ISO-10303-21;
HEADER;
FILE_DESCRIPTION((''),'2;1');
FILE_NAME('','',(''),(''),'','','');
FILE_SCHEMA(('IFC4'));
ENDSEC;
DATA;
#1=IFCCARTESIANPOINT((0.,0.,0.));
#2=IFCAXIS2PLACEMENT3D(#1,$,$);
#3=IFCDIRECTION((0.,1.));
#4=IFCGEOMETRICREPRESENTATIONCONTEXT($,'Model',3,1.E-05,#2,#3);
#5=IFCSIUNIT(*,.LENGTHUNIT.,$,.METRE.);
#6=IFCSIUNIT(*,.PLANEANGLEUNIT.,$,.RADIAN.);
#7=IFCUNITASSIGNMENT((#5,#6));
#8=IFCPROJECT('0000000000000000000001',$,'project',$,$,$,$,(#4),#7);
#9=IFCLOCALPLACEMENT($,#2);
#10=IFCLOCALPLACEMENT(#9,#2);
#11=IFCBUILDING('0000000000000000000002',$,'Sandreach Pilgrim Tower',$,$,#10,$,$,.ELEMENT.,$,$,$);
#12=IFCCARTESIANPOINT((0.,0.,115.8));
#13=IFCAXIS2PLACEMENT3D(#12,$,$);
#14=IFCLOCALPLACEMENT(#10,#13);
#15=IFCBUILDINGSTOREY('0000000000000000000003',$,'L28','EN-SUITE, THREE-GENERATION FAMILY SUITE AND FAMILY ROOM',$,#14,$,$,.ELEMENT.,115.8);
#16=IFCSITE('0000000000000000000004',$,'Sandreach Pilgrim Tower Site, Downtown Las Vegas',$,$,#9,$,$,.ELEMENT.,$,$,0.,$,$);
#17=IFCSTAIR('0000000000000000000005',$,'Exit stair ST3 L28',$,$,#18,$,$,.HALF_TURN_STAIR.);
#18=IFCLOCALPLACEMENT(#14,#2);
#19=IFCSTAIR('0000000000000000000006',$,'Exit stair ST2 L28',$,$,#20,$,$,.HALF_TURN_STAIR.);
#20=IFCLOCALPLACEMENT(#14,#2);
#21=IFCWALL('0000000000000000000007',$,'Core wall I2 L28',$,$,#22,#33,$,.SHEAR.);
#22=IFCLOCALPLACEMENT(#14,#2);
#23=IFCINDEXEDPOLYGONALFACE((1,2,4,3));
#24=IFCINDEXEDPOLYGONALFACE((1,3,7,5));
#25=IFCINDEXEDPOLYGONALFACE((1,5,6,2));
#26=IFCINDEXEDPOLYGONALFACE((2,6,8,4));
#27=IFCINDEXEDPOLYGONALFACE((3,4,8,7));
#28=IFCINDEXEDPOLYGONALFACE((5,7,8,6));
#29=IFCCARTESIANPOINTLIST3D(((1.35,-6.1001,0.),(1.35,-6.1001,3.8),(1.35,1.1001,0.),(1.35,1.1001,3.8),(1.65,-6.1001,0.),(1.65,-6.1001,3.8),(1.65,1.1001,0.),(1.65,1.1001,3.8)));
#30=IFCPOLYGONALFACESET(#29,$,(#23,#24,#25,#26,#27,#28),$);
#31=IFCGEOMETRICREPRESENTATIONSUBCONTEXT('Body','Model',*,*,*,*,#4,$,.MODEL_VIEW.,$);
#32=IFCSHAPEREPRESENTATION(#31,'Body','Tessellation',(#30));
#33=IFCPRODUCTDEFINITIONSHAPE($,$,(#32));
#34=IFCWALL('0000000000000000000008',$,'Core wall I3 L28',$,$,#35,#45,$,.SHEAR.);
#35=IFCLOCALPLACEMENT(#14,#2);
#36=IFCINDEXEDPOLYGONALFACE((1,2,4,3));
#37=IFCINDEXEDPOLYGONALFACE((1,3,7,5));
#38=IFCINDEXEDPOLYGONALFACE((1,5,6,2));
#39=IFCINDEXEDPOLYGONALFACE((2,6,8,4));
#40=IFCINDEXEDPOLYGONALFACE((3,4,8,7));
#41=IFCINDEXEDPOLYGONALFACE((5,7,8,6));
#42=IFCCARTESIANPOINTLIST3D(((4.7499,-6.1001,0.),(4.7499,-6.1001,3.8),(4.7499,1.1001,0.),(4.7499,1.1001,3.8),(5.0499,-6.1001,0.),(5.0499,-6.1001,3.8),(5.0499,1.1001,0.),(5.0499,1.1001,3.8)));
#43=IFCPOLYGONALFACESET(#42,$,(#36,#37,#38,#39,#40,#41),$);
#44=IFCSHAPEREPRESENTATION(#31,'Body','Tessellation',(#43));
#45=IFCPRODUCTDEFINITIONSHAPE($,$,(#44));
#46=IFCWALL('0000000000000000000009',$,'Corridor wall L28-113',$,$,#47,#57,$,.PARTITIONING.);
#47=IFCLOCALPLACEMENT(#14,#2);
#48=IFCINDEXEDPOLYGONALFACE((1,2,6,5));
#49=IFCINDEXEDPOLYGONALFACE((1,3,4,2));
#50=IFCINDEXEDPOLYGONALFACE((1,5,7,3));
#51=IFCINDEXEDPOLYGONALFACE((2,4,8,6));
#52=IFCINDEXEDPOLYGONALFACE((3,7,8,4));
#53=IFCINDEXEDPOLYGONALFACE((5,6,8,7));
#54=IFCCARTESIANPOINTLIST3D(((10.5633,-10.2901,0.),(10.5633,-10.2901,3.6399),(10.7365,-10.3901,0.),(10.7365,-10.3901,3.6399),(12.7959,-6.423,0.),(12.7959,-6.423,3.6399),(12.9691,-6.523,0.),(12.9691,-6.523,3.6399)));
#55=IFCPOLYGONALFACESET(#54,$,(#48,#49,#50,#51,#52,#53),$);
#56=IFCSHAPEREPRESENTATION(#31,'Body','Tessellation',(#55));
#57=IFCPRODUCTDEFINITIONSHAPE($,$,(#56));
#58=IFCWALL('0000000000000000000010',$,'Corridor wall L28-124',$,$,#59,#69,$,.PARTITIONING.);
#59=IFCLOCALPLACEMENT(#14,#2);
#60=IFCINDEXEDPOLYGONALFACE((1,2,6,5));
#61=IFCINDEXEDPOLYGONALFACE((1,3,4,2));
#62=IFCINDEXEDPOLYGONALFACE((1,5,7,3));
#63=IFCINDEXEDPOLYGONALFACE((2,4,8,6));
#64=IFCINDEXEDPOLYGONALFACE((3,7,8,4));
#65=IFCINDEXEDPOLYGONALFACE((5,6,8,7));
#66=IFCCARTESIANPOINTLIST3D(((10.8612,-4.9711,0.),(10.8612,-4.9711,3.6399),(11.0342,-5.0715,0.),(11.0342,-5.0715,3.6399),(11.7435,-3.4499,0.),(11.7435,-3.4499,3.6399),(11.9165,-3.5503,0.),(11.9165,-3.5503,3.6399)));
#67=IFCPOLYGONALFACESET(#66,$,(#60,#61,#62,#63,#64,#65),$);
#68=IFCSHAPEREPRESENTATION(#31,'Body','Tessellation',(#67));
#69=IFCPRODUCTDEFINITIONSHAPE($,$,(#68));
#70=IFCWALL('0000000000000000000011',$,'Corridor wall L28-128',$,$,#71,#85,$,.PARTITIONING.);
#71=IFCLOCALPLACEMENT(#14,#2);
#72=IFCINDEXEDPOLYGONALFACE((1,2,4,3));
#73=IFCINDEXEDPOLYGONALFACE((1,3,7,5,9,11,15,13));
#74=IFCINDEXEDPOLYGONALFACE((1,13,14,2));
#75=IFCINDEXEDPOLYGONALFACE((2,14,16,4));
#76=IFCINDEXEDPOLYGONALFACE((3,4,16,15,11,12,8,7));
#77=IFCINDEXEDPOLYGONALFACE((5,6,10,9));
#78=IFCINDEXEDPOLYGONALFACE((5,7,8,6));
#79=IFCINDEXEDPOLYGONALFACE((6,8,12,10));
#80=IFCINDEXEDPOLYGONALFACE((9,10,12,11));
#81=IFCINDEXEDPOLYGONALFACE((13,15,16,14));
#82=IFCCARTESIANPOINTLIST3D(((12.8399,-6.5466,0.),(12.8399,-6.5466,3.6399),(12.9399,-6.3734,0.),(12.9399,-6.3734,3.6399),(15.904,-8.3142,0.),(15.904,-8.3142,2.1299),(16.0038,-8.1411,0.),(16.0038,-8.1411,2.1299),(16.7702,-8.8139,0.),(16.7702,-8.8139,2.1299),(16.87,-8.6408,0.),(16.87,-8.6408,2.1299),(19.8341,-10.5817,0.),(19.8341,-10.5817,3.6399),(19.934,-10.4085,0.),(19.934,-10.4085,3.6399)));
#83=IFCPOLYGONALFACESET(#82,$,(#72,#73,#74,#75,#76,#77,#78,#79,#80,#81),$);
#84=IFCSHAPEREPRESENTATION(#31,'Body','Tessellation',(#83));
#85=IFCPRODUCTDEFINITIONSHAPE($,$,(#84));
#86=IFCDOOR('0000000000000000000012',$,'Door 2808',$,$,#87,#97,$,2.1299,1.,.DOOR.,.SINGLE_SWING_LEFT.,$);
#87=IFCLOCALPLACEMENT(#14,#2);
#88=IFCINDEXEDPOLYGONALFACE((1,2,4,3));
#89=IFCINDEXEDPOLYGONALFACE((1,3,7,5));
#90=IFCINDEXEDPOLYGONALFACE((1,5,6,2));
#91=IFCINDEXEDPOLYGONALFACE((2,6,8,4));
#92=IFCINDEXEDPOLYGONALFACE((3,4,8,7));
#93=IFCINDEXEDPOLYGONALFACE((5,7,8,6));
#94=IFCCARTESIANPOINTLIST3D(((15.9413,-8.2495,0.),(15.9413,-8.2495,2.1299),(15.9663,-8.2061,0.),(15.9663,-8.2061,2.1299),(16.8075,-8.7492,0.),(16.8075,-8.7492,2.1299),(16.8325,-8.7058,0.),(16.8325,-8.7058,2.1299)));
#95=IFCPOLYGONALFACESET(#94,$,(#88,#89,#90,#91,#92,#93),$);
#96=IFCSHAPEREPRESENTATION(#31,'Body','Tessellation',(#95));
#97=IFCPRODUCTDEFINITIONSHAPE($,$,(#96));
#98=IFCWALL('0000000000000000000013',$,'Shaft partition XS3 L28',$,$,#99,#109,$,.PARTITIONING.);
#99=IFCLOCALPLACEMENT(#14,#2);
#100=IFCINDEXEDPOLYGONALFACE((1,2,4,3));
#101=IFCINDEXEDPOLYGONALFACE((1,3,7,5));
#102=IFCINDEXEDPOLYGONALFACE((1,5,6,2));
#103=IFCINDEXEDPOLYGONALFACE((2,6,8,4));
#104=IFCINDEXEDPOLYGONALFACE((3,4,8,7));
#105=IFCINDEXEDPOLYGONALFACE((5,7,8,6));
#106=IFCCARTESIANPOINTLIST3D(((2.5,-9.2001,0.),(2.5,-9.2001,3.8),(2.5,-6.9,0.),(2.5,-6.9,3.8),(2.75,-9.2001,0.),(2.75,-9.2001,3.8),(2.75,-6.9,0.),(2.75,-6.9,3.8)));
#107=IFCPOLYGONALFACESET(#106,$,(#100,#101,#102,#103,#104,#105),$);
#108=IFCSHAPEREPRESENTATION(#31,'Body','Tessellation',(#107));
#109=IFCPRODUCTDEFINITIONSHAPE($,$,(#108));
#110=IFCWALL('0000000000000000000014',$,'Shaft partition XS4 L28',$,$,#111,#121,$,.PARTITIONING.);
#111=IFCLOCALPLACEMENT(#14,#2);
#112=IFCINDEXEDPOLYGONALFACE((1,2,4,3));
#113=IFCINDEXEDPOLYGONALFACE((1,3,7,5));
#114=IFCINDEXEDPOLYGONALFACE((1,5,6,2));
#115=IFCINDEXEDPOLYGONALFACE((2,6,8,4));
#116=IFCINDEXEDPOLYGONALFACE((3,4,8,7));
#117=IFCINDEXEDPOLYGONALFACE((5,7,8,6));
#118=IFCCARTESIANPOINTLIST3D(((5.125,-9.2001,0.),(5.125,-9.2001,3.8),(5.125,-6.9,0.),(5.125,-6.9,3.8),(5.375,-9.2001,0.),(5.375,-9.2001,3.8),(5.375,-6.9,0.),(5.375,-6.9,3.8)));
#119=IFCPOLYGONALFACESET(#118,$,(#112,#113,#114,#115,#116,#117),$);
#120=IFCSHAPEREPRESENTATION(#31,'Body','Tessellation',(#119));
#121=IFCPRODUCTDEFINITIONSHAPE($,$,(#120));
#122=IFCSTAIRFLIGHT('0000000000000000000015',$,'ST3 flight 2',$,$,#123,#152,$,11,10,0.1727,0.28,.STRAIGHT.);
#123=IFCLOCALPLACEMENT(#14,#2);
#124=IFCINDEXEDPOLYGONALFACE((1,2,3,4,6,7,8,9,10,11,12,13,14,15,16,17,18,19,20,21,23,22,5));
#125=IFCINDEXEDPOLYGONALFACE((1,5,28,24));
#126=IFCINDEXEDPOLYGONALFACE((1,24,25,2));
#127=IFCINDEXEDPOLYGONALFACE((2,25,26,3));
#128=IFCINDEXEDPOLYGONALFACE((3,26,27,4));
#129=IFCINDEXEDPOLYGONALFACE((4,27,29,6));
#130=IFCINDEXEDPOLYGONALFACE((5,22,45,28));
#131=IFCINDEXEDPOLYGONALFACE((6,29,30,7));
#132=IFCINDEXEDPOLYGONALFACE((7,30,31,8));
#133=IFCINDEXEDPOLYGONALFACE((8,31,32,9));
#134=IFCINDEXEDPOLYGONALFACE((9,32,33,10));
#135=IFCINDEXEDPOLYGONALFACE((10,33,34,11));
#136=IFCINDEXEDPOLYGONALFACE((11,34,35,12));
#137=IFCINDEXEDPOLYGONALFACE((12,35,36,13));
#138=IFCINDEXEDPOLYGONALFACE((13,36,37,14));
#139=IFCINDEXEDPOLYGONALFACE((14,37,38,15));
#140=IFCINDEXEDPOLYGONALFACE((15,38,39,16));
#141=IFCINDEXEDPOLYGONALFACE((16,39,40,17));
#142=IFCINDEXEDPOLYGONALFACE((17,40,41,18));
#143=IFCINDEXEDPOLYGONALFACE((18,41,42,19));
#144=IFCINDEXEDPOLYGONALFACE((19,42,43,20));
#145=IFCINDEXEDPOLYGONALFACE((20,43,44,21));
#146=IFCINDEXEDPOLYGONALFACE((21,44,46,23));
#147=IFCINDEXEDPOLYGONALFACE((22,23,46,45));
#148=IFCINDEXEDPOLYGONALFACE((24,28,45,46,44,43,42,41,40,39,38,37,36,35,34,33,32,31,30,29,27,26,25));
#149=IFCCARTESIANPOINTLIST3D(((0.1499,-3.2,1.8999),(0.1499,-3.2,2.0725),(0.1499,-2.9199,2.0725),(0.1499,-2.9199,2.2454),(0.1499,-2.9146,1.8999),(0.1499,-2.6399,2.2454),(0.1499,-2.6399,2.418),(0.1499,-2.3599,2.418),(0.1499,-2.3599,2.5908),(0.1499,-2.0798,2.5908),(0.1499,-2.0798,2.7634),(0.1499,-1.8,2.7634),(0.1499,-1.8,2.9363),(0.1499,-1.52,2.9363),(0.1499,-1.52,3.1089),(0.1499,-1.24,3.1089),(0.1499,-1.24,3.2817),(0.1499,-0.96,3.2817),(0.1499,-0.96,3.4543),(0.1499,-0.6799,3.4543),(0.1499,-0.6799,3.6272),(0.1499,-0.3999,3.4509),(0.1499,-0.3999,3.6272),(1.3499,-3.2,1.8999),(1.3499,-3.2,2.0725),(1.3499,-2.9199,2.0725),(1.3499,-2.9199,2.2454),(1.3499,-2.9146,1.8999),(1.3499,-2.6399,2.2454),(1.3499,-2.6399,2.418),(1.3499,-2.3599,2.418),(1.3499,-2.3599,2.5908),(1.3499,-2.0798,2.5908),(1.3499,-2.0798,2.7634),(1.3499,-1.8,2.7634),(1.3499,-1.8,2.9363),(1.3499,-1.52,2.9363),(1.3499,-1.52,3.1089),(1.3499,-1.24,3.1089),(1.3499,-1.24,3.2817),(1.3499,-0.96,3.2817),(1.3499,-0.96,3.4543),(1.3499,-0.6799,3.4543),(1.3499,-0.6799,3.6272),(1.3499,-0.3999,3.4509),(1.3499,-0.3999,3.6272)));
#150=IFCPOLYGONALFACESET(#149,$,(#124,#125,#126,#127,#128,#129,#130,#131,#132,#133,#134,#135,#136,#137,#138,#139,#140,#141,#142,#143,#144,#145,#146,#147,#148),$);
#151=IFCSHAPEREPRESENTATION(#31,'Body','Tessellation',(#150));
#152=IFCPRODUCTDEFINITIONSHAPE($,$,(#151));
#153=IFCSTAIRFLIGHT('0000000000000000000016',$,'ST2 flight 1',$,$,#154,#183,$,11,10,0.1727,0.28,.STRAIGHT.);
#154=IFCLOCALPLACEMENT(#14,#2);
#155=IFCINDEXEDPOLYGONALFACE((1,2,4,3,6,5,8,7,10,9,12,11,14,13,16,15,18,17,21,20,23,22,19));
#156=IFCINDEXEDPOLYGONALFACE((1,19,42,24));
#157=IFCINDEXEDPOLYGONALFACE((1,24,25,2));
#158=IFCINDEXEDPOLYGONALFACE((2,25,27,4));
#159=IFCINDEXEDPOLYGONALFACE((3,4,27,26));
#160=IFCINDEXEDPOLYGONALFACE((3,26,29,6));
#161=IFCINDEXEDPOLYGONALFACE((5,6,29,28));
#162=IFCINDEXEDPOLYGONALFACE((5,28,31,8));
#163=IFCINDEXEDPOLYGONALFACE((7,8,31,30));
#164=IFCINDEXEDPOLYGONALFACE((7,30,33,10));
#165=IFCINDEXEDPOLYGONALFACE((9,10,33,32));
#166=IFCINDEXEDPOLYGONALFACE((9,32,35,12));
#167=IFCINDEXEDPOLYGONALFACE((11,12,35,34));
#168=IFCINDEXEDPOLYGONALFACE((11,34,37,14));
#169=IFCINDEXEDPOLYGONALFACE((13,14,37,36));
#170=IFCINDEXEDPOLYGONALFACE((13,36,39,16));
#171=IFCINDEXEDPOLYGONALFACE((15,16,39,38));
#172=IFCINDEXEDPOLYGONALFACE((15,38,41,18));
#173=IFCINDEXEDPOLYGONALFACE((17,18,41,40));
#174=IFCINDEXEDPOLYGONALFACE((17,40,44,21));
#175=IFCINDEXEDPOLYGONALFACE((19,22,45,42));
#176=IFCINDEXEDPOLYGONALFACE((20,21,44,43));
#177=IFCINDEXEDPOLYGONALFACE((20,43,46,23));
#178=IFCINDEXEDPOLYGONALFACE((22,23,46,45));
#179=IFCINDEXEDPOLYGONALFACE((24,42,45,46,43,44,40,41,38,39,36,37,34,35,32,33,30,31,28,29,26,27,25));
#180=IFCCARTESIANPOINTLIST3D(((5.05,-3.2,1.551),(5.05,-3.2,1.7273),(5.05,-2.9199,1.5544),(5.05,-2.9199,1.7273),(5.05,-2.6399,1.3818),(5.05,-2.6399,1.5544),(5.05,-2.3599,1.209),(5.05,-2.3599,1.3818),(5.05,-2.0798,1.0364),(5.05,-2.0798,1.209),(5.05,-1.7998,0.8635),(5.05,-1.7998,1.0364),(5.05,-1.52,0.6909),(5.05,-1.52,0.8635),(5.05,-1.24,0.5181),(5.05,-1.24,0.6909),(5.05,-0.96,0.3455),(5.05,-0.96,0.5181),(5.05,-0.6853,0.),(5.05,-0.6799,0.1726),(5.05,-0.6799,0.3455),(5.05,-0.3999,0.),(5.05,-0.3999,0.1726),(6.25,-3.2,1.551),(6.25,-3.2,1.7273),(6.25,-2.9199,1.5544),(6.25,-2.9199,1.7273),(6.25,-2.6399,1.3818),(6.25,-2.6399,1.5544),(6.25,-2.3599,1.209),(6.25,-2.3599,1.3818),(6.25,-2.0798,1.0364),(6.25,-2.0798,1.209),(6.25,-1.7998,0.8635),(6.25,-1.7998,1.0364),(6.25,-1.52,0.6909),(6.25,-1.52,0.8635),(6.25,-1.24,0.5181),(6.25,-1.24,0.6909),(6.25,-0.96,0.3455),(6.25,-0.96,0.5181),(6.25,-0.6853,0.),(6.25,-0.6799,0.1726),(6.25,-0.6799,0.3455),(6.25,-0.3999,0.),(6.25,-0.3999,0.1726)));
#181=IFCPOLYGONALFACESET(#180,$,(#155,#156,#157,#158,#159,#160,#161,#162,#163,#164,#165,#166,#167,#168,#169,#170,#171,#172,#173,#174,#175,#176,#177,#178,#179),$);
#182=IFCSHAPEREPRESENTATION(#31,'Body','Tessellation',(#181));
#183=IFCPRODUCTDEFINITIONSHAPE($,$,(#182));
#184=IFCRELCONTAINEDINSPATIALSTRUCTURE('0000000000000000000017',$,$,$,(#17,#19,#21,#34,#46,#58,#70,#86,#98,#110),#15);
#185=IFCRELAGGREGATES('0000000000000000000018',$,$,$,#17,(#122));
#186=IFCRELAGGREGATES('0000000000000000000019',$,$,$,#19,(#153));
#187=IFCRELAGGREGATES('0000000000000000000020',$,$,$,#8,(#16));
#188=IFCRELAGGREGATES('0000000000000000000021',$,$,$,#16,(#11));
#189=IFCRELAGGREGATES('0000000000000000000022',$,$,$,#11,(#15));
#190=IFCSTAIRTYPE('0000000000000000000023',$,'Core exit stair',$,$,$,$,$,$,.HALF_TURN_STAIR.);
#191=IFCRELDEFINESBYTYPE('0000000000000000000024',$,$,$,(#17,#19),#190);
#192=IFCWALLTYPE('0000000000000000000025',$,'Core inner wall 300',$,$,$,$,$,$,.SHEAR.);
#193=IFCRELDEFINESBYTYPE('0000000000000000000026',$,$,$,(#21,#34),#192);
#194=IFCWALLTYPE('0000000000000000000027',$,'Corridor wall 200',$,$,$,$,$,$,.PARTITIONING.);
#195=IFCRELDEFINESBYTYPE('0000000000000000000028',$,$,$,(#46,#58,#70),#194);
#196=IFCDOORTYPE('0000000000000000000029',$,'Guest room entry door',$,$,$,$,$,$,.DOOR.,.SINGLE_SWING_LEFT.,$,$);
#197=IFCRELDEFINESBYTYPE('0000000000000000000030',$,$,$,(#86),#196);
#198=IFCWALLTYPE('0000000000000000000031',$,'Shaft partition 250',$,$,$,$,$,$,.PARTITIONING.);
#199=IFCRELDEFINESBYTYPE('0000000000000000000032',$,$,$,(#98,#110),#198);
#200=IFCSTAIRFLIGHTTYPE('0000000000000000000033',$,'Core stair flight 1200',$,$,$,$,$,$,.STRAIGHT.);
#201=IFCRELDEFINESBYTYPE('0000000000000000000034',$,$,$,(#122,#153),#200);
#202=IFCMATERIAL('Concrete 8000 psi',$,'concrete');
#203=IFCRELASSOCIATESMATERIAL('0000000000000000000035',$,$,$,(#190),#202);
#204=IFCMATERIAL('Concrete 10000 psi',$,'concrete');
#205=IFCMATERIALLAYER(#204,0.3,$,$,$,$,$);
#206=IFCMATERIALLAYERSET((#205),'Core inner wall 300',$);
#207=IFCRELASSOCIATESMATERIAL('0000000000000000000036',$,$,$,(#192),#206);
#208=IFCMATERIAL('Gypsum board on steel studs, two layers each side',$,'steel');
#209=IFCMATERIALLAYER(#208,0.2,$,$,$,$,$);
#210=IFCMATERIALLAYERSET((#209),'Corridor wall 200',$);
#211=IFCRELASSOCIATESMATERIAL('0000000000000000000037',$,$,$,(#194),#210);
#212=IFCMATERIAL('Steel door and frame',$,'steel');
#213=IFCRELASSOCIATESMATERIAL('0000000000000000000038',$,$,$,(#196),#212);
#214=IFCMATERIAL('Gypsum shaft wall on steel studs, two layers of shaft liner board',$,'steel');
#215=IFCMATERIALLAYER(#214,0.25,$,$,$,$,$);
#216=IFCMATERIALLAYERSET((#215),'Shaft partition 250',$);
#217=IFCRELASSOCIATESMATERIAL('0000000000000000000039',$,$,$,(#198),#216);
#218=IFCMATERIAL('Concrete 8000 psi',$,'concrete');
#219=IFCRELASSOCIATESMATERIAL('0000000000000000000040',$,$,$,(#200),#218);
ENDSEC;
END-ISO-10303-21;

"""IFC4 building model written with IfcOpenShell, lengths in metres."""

from ifc_helpers import new_model, si_unit, direction, frame, frame_2d, origin, place, context, subcontext, project, spatial, polyline, rectangle, outline, extrude, material, layer, layer_set, type_object, element, fill, aggregate, save


model = new_model("IFC4")

# Units and contexts
model_context = context("Model", 3, precision=1e-05, world=origin(), true_north=direction((0.0, 1.0)))
body_context = subcontext(model_context, "Body", "Model", "MODEL_VIEW")
ifc_project = project(units=[si_unit("LENGTHUNIT", "METRE"), si_unit("PLANEANGLEUNIT", "RADIAN")], contexts=[model_context])

# Site, building, storey
site_placement = place(None, origin())
site = spatial("IfcSite", under=ifc_project, at=site_placement, Name="Sandreach Pilgrim Tower Site, Downtown Las Vegas", CompositionType="ELEMENT", RefElevation=0.0)
building_placement = place(site_placement, origin())
building = spatial("IfcBuilding", under=site, at=building_placement, Name="Sandreach Pilgrim Tower", CompositionType="ELEMENT")
storey_placement = place(building_placement, frame((0.0, 0.0, 115.8)))
storey = spatial("IfcBuildingStorey", under=building, at=storey_placement, Name="L28", Description="EN-SUITE, THREE-GENERATION FAMILY SUITE AND FAMILY ROOM", CompositionType="ELEMENT", Elevation=115.8)

# Stairs
ifc_material_1 = material(Name="Concrete 8000 psi", Category="concrete")
stair_type = type_object("IfcStairType", Name="Core exit stair", PredefinedType="HALF_TURN_STAIR", material=ifc_material_1)
stair_1_placement = place(storey_placement, origin())
stair_1 = element("IfcStair", 1, at=stair_1_placement, inside=storey, type_object=stair_type, Name="Exit stair ST3 L28", PredefinedType="HALF_TURN_STAIR")
stair_2_placement = place(storey_placement, origin())
stair_2 = element("IfcStair", 2, at=stair_2_placement, inside=storey, type_object=stair_type, Name="Exit stair ST2 L28", PredefinedType="HALF_TURN_STAIR")

# Walls
ifc_material_2 = material(Name="Concrete 10000 psi", Category="concrete")
ifc_layer_1 = layer(ifc_material_2, 0.3)
ifc_layer_set_1 = layer_set([ifc_layer_1], Name="Core inner wall 300")
wall_type_1 = type_object("IfcWallType", Name="Core inner wall 300", PredefinedType="SHEAR", material=ifc_layer_set_1)
for number, where, z_axis, x_axis, name in (
    (3, (1.5, -6.1001, 0.0), (0.0, 0.0, 1.0), (0.0, 1.0, 0.0), "Core wall I2 L28"),
    (4, (4.8999, -6.1001, 0.0), (0.0, 0.0, 1.0), (0.0, 1.0, 0.0), "Core wall I3 L28"),
):
    element("IfcWall", number, at=place(storey_placement, frame(where, z_axis=z_axis, x_axis=x_axis)), inside=storey, type_object=wall_type_1, Name=name, PredefinedType="SHEAR", context=body_context, shape_type="SweptSolid", body=[
        extrude(rectangle(XDim=7.2002, YDim=0.3, at=frame_2d((3.6001, 0.0))), origin(), (0.0, 0.0, 1.0), 3.8),
    ])

# Wall
ifc_material_3 = material(Name="Gypsum board on steel studs, two layers each side", Category="steel")
ifc_layer_2 = layer(ifc_material_3, 0.2)
ifc_layer_set_2 = layer_set([ifc_layer_2], Name="Corridor wall 200")
wall_type_2 = type_object("IfcWallType", Name="Corridor wall 200", PredefinedType="PARTITIONING", material=ifc_layer_set_2)
wall_1_placement = place(storey_placement, frame((10.6499, -10.3401, 0.0), z_axis=(0.0, 0.0, 1.0), x_axis=(0.499991, 0.866031, 0.0)))
element("IfcWall", 5, at=wall_1_placement, inside=storey, type_object=wall_type_2, Name="Corridor wall L28-113", PredefinedType="PARTITIONING", context=body_context, shape_type="SweptSolid", body=[
    extrude(rectangle(XDim=4.4653, YDim=0.2, at=frame_2d((2.2327, 0.0))), origin(), (0.0, 0.0, 1.0), 3.6399),
])

# Wall
wall_2_placement = place(storey_placement, frame((11.8301, -3.5, 0.0), z_axis=(0.0, 0.0, 1.0), x_axis=(-0.50172, -0.86503, 0.0)))
element("IfcWall", 6, at=wall_2_placement, inside=storey, type_object=wall_type_2, Name="Corridor wall L28-124", PredefinedType="PARTITIONING", context=body_context, shape_type="SweptSolid", body=[
    extrude(rectangle(XDim=1.7585, YDim=0.2, at=frame_2d((0.8794, 0.0))), origin(), (0.0, 0.0, 1.0), 3.6399),
])

# Wall, opening, door
wall_3_placement = place(storey_placement, frame((12.8899, -6.46, 0.0), z_axis=(0.0, 0.0, 1.0), x_axis=(0.866182, -0.499729, 0.0)))
wall_3 = element("IfcWall", 7, at=wall_3_placement, inside=storey, type_object=wall_type_2, Name="Corridor wall L28-128", PredefinedType="PARTITIONING", context=body_context, shape_type="SweptSolid", body=[
    extrude(rectangle(XDim=8.0747, YDim=0.2, at=frame_2d((4.0374, 0.0))), origin(), (0.0, 0.0, 1.0), 3.6399),
])
opening_1_placement = place(wall_3_placement, frame((3.5374, 0.0, 0.0)))
opening_1 = element("IfcOpeningElement", 8, at=opening_1_placement, cuts=wall_3, PredefinedType="OPENING", context=body_context, shape_type="SweptSolid", body=[
    extrude(rectangle(XDim=1.0, YDim=2.1299, at=frame_2d((0.5, 1.0649))), frame((0.0, 0.1001, 0.0), z_axis=(0.0, -1.0, 0.0), x_axis=(1.0, 0.0, 0.0)), (0.0, 0.0, 1.0), 0.2),
])
ifc_material_4 = material(Name="Steel door and frame", Category="steel")
door_type_1 = type_object("IfcDoorType", Name="Guest room entry door", OperationType="SINGLE_SWING_LEFT", PredefinedType="DOOR", material=ifc_material_4)
door_1_placement = place(opening_1_placement, origin())
door_1 = element("IfcDoor", 9, at=door_1_placement, inside=storey, type_object=door_type_1, Name="Door 2808", OperationType="SINGLE_SWING_LEFT", OverallHeight=2.1299, OverallWidth=1.0, PredefinedType="DOOR", context=body_context, shape_type="SweptSolid", body=[
    extrude(rectangle(XDim=1.0, YDim=2.1299, at=frame_2d((0.5, 1.0649))), frame((0.0, 0.0249, 0.0), z_axis=(0.0, -1.0, 0.0), x_axis=(1.0, 0.0, 0.0)), (0.0, 0.0, 1.0), 0.05),
])
fill(opening_1, door_1)

# Walls
ifc_material_5 = material(Name="Gypsum shaft wall on steel studs, two layers of shaft liner board", Category="steel")
ifc_layer_3 = layer(ifc_material_5, 0.25)
ifc_layer_set_3 = layer_set([ifc_layer_3], Name="Shaft partition 250")
wall_type_3 = type_object("IfcWallType", Name="Shaft partition 250", PredefinedType="PARTITIONING", material=ifc_layer_set_3)
for number, where, z_axis, x_axis, name in (
    (10, (2.625, -9.2, 0.0), (0.0, 0.0, 1.0), (0.0, 1.0, 0.0), "Shaft partition XS3 L28"),
    (11, (5.25, -9.2, 0.0), (0.0, 0.0, 1.0), (0.0, 1.0, 0.0), "Shaft partition XS4 L28"),
):
    element("IfcWall", number, at=place(storey_placement, frame(where, z_axis=z_axis, x_axis=x_axis)), inside=storey, type_object=wall_type_3, Name=name, PredefinedType="PARTITIONING", context=body_context, shape_type="SweptSolid", body=[
        extrude(rectangle(XDim=2.3, YDim=0.25, at=frame_2d((1.1499, 0.0))), origin(), (0.0, 0.0, 1.0), 3.8),
    ])

# Stair flights
ifc_material_6 = material(Name="Concrete 8000 psi", Category="concrete")
stair_flight_type = type_object("IfcStairFlightType", Name="Core stair flight 1200", PredefinedType="STRAIGHT", material=ifc_material_6)
stair_flight_1_placement = place(storey_placement, frame((0.75, -3.2, 1.8999), z_axis=(0.0, 0.0, 1.0), x_axis=(0.0, 1.0, 0.0)))
stair_flight_1 = element("IfcStairFlight", 12, at=stair_flight_1_placement, type_object=stair_flight_type, Name="ST3 flight 2", NumberOfRisers=11, NumberOfTreads=10, PredefinedType="STRAIGHT", RiserHeight=0.1727, TreadLength=0.28, context=body_context, shape_type="SweptSolid", body=[
    extrude(outline(polyline([(0.0, 0.0), (0.0, 0.1726), (0.28, 0.1726), (0.28, 0.3455), (0.5601, 0.3455), (0.5601, 0.5181), (0.8401, 0.5181), (0.8401, 0.6909), (1.1201, 0.6909), (1.1201, 0.8635), (1.3999, 0.8635), (1.3999, 1.0364), (1.6799, 1.0364), (1.6799, 1.209), (1.96, 1.209), (1.96, 1.3818), (2.24, 1.3818), (2.24, 1.5544), (2.52, 1.5544), (2.52, 1.7273), (2.8, 1.7273), (2.8, 1.8999), (2.8, 1.551), (0.2854, 0.0), (0.0, 0.0)])), frame((0.0, 0.6001, 0.0), z_axis=(0.0, -1.0, 0.0), x_axis=(1.0, 0.0, 0.0)), (0.0, 0.0, 1.0), 1.2),
])
aggregate(stair_1, [stair_flight_1])
stair_flight_2_placement = place(storey_placement, frame((5.6499, -0.3999, 0.0), z_axis=(0.0, 0.0, 1.0), x_axis=(0.0, -1.0, 0.0)))
stair_flight_2 = element("IfcStairFlight", 13, at=stair_flight_2_placement, type_object=stair_flight_type, Name="ST2 flight 1", NumberOfRisers=11, NumberOfTreads=10, PredefinedType="STRAIGHT", RiserHeight=0.1727, TreadLength=0.28, context=body_context, shape_type="SweptSolid", body=[
    extrude(outline(polyline([(0.0, 0.0), (0.0, 0.1726), (0.28, 0.1726), (0.28, 0.3455), (0.5601, 0.3455), (0.5601, 0.5181), (0.8401, 0.5181), (0.8401, 0.6909), (1.1201, 0.6909), (1.1201, 0.8635), (1.3999, 0.8635), (1.3999, 1.0364), (1.6799, 1.0364), (1.6799, 1.209), (1.96, 1.209), (1.96, 1.3818), (2.24, 1.3818), (2.24, 1.5544), (2.52, 1.5544), (2.52, 1.7273), (2.8, 1.7273), (2.8, 1.8999), (2.8, 1.551), (0.2854, 0.0), (0.0, 0.0)])), frame((0.0, 0.6001, 0.0), z_axis=(0.0, -1.0, 0.0), x_axis=(1.0, 0.0, 0.0)), (0.0, 0.0, 1.0), 1.2),
])
aggregate(stair_2, [stair_flight_2])

save(model, "model.ifc")
